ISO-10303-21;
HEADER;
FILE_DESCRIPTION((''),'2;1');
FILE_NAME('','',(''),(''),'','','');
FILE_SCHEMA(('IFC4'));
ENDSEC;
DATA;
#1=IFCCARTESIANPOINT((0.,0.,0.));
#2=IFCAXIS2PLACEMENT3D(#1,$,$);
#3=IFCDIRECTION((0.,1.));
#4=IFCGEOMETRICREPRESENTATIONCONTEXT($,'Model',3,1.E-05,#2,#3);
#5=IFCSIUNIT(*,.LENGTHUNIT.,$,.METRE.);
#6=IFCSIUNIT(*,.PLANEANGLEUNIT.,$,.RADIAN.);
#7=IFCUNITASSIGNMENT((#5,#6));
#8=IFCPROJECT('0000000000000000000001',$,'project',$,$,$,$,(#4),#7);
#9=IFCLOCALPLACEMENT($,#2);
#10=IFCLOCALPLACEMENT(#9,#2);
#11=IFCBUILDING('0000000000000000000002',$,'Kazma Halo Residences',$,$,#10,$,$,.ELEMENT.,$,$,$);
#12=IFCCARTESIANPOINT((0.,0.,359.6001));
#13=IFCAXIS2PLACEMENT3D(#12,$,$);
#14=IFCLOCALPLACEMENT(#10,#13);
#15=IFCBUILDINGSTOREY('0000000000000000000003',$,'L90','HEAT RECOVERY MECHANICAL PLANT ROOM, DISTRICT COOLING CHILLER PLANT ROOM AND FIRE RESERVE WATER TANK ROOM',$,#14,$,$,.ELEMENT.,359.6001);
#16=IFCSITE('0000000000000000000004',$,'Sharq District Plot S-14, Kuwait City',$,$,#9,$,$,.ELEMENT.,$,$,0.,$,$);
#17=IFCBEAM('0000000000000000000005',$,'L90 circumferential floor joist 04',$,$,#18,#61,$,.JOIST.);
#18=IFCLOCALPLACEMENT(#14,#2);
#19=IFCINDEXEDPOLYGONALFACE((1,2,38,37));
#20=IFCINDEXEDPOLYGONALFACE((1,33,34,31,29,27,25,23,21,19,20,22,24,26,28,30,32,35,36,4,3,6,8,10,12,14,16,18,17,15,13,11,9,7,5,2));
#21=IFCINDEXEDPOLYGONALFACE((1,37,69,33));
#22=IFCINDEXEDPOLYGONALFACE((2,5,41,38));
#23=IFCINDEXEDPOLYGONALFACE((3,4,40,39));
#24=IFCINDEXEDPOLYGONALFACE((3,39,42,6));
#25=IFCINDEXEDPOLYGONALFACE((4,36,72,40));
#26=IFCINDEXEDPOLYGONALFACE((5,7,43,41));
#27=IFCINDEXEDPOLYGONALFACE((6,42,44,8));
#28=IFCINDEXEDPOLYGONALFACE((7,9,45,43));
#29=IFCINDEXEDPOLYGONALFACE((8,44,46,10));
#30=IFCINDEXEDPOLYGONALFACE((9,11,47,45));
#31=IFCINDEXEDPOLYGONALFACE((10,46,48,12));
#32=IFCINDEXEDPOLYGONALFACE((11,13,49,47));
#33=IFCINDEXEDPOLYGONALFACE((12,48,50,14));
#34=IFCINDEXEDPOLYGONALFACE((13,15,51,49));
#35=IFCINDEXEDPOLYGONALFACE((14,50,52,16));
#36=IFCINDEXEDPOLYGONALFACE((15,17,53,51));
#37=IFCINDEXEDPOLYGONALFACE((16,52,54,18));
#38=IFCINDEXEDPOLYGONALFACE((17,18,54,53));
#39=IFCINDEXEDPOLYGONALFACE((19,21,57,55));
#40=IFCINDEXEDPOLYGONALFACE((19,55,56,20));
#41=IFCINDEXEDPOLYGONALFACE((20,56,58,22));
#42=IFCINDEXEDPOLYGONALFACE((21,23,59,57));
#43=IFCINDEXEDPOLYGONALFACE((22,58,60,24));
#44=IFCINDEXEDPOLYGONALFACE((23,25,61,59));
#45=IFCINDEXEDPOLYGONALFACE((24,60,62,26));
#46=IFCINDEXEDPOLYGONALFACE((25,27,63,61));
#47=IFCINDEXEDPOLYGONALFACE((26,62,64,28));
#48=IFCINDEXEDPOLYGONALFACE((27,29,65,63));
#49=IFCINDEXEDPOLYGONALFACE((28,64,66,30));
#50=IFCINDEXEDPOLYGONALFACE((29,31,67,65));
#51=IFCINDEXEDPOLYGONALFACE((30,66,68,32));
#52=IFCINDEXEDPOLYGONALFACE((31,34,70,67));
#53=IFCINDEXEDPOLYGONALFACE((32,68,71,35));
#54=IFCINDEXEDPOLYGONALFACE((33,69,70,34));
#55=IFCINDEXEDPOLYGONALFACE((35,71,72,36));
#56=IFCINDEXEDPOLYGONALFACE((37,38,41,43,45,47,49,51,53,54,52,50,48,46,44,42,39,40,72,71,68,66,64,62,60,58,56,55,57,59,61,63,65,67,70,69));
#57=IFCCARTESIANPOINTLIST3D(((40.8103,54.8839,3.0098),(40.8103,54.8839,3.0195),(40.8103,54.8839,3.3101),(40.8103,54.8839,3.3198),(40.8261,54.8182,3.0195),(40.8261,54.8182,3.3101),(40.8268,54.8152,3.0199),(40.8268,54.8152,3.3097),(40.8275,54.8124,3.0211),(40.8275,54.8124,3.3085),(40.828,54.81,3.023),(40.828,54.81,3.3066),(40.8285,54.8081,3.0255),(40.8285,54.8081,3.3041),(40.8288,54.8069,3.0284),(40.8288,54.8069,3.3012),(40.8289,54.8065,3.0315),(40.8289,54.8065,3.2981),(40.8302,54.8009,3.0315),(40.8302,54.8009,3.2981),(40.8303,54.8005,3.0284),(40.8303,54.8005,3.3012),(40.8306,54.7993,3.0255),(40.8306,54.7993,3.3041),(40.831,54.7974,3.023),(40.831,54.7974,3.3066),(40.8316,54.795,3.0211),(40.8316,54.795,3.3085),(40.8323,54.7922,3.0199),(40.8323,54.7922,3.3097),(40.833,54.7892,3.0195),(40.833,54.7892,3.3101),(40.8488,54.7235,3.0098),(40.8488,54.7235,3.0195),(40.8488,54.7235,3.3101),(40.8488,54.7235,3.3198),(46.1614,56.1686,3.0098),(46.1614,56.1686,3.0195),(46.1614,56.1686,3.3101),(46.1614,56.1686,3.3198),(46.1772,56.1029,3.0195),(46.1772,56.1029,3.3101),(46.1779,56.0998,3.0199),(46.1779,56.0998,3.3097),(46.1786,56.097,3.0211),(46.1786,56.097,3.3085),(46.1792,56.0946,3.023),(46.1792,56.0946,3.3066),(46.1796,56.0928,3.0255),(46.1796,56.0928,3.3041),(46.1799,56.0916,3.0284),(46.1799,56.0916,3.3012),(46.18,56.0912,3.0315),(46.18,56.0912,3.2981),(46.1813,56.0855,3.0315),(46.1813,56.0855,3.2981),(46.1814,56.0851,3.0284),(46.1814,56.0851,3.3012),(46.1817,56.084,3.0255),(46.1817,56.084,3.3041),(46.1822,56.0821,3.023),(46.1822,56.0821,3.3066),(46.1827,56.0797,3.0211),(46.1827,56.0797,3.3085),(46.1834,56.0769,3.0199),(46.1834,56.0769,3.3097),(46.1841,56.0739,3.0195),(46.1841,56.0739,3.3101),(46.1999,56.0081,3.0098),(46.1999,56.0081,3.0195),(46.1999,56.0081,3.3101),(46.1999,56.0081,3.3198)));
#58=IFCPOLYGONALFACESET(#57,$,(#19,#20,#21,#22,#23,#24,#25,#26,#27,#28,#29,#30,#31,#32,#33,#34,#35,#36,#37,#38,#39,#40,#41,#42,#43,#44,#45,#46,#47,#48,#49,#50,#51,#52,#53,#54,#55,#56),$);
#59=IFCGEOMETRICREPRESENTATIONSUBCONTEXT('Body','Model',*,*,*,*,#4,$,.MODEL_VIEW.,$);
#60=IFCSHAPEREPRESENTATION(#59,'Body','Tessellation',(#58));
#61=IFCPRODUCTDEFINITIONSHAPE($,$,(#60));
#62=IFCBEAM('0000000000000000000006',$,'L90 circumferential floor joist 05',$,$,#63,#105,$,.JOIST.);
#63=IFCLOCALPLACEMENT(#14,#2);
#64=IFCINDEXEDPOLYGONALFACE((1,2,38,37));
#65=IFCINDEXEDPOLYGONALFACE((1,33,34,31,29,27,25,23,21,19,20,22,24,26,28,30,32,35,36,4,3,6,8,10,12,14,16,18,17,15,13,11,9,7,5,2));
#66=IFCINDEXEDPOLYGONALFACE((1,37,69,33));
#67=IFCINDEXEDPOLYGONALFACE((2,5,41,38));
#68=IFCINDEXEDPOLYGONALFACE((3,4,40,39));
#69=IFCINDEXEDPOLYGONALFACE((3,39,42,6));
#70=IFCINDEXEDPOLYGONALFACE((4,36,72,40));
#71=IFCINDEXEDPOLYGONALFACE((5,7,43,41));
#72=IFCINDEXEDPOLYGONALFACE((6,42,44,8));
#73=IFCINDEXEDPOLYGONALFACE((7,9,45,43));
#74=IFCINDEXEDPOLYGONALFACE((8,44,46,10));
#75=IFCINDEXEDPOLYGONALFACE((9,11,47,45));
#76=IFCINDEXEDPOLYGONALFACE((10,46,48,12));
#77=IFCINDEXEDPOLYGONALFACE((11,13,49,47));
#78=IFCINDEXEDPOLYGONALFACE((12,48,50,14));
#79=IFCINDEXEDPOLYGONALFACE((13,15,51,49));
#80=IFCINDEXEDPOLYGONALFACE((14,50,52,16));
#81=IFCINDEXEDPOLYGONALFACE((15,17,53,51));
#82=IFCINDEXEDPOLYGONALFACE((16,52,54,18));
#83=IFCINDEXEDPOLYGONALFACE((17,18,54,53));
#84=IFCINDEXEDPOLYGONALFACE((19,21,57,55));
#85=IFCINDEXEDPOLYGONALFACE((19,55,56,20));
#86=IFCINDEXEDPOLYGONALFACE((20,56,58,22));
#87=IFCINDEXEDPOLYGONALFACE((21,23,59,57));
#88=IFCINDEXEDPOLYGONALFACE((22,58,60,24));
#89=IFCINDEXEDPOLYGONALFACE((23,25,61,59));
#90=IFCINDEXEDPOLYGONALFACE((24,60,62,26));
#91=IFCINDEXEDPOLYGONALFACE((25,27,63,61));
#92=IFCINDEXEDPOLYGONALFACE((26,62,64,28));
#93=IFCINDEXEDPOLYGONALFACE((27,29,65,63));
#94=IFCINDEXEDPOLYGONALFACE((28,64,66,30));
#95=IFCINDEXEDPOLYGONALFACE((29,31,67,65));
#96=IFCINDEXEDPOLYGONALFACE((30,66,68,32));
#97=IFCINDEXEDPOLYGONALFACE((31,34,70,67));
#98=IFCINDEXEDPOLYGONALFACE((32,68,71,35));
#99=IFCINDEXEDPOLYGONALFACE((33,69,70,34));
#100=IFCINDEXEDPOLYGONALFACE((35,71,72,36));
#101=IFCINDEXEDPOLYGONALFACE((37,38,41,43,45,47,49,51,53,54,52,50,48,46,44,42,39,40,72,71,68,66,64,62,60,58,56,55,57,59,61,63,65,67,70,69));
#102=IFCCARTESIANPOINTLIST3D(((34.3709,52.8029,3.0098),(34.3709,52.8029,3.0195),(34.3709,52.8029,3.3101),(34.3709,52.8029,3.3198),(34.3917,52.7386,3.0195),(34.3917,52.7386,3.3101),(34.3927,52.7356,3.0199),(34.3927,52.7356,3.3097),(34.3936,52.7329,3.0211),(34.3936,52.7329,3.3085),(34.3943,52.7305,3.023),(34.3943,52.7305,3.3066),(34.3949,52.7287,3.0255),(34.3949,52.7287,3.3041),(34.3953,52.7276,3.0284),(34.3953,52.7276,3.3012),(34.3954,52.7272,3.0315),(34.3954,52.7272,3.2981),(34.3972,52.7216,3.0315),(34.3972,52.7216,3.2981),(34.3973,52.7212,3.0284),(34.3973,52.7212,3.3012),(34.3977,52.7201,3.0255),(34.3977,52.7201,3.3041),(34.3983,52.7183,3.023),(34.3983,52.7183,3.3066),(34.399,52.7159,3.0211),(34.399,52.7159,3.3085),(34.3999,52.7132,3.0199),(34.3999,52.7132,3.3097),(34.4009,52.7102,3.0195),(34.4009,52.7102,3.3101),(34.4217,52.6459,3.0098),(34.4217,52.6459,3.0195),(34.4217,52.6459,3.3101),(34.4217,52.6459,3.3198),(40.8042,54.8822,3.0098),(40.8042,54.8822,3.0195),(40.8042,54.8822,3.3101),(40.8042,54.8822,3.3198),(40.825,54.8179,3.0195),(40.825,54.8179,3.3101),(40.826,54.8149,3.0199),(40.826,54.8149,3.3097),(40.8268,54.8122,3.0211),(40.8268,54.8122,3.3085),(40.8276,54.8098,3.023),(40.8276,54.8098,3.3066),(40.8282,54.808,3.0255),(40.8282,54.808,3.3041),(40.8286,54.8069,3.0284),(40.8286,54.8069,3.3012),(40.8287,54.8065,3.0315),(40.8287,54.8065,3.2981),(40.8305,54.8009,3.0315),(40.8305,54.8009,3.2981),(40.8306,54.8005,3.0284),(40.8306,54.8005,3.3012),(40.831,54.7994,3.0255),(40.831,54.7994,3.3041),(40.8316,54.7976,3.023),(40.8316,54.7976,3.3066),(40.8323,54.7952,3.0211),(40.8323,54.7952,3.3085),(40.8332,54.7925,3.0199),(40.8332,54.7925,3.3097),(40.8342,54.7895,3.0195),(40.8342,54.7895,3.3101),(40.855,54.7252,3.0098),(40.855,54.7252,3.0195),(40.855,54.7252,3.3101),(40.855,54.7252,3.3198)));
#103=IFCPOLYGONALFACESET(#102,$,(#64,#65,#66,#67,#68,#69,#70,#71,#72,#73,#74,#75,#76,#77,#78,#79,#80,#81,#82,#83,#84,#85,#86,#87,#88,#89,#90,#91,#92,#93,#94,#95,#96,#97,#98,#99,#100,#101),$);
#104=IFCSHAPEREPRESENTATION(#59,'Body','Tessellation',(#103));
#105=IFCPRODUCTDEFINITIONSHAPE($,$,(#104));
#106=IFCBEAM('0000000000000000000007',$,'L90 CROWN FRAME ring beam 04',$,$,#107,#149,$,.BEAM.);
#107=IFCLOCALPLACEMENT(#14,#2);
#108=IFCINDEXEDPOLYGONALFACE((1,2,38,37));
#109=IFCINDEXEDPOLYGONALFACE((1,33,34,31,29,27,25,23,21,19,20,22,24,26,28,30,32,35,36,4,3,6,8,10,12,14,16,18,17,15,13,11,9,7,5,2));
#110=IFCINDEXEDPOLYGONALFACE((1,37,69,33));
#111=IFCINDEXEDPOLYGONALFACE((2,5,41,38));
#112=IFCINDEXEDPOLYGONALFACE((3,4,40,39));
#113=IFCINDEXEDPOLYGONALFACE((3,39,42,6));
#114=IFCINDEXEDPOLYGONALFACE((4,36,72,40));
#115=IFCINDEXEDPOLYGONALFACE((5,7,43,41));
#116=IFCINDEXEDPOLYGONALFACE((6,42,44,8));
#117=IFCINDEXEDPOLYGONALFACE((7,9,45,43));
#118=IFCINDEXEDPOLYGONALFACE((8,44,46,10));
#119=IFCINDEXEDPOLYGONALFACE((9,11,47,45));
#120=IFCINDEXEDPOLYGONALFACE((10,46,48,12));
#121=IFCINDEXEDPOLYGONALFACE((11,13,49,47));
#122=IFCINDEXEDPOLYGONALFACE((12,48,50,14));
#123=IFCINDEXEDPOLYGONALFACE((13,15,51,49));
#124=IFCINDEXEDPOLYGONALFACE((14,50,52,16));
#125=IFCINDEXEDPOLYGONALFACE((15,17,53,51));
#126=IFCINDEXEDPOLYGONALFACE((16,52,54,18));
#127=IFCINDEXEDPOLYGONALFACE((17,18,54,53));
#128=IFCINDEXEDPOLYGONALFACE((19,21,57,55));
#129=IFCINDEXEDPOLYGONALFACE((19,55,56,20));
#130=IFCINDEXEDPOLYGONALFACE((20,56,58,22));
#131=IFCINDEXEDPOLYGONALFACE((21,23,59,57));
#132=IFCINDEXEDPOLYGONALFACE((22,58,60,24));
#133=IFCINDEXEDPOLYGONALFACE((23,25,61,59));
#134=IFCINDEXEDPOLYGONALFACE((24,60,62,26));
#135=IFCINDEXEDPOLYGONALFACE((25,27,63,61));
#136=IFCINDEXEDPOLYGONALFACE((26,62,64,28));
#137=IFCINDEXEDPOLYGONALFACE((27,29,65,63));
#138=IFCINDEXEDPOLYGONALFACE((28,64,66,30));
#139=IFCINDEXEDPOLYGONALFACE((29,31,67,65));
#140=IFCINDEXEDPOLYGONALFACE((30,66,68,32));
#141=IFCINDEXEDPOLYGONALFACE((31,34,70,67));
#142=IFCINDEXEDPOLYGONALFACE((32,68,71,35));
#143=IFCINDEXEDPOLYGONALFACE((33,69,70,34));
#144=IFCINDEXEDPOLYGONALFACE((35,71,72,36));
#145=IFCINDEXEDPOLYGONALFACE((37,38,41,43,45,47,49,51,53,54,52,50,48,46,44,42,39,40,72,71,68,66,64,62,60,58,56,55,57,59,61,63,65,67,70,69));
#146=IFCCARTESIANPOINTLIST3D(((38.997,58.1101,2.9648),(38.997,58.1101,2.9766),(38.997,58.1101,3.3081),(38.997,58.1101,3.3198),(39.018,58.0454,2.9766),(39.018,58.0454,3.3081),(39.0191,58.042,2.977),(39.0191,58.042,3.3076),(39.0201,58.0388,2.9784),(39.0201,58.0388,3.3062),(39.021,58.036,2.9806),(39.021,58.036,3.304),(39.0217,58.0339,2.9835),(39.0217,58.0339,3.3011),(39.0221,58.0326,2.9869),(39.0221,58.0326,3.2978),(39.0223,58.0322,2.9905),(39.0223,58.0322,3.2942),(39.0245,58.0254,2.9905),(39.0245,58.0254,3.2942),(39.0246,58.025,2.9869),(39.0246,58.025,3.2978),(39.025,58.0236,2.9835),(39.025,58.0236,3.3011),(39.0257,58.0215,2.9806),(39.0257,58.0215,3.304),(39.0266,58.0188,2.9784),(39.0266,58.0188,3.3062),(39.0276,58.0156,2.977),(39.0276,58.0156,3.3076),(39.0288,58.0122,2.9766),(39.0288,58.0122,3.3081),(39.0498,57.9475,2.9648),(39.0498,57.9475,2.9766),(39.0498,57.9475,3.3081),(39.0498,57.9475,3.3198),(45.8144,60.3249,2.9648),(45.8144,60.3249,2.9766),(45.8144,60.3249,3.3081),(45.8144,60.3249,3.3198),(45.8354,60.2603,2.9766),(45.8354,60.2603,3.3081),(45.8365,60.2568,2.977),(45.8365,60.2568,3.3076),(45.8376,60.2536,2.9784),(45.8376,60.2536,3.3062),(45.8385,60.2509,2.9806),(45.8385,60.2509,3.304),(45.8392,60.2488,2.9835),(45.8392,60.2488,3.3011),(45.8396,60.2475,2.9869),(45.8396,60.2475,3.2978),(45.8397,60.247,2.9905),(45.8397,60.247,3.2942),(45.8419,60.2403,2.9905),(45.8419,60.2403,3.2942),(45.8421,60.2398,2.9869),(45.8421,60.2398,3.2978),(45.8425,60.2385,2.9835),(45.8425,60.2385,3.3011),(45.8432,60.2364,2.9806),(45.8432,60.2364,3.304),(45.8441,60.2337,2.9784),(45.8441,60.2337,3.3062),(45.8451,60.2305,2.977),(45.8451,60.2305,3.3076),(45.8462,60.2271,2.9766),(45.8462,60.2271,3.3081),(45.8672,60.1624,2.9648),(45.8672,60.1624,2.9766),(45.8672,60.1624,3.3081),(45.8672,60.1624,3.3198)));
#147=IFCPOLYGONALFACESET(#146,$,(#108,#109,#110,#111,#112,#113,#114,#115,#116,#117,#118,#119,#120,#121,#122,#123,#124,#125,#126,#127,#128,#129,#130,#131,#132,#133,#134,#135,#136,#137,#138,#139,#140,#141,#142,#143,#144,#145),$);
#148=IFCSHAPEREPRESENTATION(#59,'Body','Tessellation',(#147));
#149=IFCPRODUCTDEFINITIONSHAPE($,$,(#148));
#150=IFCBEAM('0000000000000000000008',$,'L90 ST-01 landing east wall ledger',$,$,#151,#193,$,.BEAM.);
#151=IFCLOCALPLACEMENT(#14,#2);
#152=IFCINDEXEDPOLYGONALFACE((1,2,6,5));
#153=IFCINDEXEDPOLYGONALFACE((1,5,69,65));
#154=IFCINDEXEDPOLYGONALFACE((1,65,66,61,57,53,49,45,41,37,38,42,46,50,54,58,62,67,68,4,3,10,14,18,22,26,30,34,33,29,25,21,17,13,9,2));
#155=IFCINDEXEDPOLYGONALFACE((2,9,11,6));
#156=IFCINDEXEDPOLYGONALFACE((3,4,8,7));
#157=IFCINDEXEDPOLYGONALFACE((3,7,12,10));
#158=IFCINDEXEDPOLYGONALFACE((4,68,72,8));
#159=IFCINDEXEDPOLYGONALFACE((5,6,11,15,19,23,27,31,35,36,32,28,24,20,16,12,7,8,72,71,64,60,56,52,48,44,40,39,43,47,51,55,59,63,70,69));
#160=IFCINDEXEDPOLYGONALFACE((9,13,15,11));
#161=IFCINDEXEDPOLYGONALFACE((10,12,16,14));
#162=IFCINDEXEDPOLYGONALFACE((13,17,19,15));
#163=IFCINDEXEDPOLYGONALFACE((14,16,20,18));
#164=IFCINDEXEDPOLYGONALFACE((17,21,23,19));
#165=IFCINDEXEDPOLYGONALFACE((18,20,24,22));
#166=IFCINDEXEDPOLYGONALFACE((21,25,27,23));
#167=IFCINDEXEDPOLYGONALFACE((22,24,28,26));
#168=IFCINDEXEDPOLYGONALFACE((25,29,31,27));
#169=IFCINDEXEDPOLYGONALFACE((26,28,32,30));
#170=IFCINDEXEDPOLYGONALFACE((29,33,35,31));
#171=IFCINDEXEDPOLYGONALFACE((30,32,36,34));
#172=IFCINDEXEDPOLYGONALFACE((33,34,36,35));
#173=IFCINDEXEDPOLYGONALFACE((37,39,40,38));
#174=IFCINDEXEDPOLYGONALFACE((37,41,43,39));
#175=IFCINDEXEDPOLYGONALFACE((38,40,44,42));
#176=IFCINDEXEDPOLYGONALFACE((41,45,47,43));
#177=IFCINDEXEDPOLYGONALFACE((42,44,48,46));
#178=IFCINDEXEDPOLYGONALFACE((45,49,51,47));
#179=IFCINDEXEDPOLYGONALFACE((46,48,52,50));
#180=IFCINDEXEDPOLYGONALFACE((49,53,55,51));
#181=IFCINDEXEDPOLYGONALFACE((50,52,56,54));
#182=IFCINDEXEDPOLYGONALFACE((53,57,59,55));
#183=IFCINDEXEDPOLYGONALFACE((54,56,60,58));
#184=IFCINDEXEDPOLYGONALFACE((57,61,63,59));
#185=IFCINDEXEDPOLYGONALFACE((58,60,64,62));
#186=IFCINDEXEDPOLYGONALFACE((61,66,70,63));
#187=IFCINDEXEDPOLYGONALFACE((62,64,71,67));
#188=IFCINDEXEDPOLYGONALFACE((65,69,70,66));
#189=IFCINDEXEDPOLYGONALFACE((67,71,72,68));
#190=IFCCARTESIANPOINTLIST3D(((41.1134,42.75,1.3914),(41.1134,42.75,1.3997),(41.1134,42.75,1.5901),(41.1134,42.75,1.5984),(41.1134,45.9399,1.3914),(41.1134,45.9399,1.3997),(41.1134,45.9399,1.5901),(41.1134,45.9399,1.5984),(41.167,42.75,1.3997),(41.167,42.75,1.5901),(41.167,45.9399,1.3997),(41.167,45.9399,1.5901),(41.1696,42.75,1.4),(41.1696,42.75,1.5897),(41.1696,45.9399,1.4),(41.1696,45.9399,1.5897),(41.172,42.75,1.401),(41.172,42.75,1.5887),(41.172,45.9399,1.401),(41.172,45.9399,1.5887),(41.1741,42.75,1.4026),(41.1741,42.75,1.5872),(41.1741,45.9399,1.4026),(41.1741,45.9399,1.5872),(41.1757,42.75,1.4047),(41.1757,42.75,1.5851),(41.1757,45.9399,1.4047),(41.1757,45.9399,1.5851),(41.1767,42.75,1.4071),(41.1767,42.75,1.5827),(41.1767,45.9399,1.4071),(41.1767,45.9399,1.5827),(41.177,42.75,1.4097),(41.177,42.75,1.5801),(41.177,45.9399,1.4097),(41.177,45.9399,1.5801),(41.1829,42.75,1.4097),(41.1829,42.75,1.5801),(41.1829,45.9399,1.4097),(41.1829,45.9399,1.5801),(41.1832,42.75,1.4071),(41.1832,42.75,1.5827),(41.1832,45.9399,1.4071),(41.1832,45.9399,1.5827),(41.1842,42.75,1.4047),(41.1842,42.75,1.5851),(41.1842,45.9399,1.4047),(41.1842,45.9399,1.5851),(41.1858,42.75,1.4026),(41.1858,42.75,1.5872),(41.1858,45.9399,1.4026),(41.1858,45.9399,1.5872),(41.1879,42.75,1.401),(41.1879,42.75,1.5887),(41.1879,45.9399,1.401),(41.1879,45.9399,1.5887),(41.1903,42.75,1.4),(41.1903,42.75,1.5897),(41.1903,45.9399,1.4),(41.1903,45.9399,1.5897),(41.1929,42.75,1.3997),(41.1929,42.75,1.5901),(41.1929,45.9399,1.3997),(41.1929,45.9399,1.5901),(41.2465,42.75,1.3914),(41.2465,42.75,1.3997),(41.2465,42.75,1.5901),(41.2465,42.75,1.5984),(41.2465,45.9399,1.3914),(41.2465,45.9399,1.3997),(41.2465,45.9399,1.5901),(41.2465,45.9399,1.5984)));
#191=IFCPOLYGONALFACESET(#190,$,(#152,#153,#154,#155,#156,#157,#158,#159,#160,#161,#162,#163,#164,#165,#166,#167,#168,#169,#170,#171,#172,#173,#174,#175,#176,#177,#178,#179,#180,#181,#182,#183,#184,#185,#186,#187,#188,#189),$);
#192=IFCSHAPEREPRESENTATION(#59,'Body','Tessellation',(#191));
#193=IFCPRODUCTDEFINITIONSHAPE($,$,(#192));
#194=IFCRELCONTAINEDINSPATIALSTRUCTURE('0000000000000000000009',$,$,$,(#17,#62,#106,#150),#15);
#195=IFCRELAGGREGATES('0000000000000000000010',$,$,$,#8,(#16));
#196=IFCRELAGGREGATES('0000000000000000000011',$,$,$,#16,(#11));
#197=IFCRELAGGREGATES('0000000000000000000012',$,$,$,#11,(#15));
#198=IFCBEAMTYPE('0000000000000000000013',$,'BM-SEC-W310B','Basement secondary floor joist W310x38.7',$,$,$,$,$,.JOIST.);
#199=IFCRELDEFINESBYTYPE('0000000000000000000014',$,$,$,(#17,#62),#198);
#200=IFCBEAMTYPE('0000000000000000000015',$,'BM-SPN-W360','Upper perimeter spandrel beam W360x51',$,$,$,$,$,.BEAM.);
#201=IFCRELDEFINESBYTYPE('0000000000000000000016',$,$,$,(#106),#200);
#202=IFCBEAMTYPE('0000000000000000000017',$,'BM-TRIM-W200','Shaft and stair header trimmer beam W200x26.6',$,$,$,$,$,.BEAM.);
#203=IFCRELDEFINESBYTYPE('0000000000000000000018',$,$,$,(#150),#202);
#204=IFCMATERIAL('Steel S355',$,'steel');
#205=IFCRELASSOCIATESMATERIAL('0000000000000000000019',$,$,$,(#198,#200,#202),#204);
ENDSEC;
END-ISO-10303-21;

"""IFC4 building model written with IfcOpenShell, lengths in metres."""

from ifc_helpers import new_model, si_unit, direction, frame, origin, origin_2d, place, context, subcontext, project, spatial, i_section, extrude, material, material_profile, profile_set, type_object, element, save


model = new_model("IFC4")

# Units and contexts
model_context = context("Model", 3, precision=1e-05, world=origin(), true_north=direction((0.0, 1.0)))
body_context = subcontext(model_context, "Body", "Model", "MODEL_VIEW")
ifc_project = project(units=[si_unit("LENGTHUNIT", "METRE"), si_unit("PLANEANGLEUNIT", "RADIAN")], contexts=[model_context])

# Site, building, storey
site_placement = place(None, origin())
site = spatial("IfcSite", under=ifc_project, at=site_placement, Name="Sharq District Plot S-14, Kuwait City", CompositionType="ELEMENT", RefElevation=0.0)
building_placement = place(site_placement, origin())
building = spatial("IfcBuilding", under=site, at=building_placement, Name="Kazma Halo Residences", CompositionType="ELEMENT")
storey_placement = place(building_placement, frame((0.0, 0.0, 359.6001)))
storey = spatial("IfcBuildingStorey", under=building, at=storey_placement, Name="L90", Description="HEAT RECOVERY MECHANICAL PLANT ROOM, DISTRICT COOLING CHILLER PLANT ROOM AND FIRE RESERVE WATER TANK ROOM", CompositionType="ELEMENT", Elevation=359.6001)

# Shared definitions
ifc_material_1 = material(Name="Steel S355", Category="steel")

# Beams
ifc_material_profile_1 = material_profile(ifc_material_1, i_section(OverallWidth=0.165, OverallDepth=0.3101, WebThickness=0.0059, FlangeThickness=0.0098, FilletRadius=0.012, at=origin_2d()), Name="W310x38.7")
ifc_profile_set_1 = profile_set([ifc_material_profile_1], Name="Steel S355")
beam_type_1 = type_object("IfcBeamType", Name="BM-SEC-W310B", Description="Basement secondary floor joist W310x38.7", PredefinedType="JOIST", material=ifc_profile_set_1)
beam_1_placement = place(storey_placement, frame((46.1807, 56.0884, 3.1648), z_axis=(-0.97237, -0.233443, 0.0), x_axis=(0.233443, -0.97237, 0.0)))
element("IfcBeam", 1, at=beam_1_placement, inside=storey, type_object=beam_type_1, Name="L90 circumferential floor joist 04", PredefinedType="JOIST", context=body_context, shape_type="SweptSolid", body=[
    extrude(i_section(OverallWidth=0.165, OverallDepth=0.3101, WebThickness=0.0059, FlangeThickness=0.0098, FilletRadius=0.012, at=origin_2d()), origin(), (0.0, 0.0, 1.0), 5.5032),
])
beam_2_placement = place(storey_placement, frame((40.8296, 54.8037, 3.1648), z_axis=(-0.951533, -0.307548, 0.0), x_axis=(0.307548, -0.951533, 0.0)))
element("IfcBeam", 2, at=beam_2_placement, inside=storey, type_object=beam_type_1, Name="L90 circumferential floor joist 05", PredefinedType="JOIST", context=body_context, shape_type="SweptSolid", body=[
    extrude(i_section(OverallWidth=0.165, OverallDepth=0.3101, WebThickness=0.0059, FlangeThickness=0.0098, FilletRadius=0.012, at=origin_2d()), origin(), (0.0, 0.0, 1.0), 6.761),
])
ifc_material_profile_2 = material_profile(ifc_material_1, i_section(OverallWidth=0.1709, OverallDepth=0.355, WebThickness=0.0071, FlangeThickness=0.0117, FilletRadius=0.0139, at=origin_2d()), Name="W360x51")
ifc_profile_set_2 = profile_set([ifc_material_profile_2], Name="Steel S355")
beam_type_2 = type_object("IfcBeamType", Name="BM-SPN-W360", Description="Upper perimeter spandrel beam W360x51", PredefinedType="BEAM", material=ifc_profile_set_2)
beam_3_placement = place(storey_placement, frame((45.8408, 60.2437, 3.1423), z_axis=(-0.951067, -0.308984, 0.0), x_axis=(0.308984, -0.951067, 0.0)))
element("IfcBeam", 3, at=beam_3_placement, inside=storey, type_object=beam_type_2, Name="L90 CROWN FRAME ring beam 04", PredefinedType="BEAM", context=body_context, shape_type="SweptSolid", body=[
    extrude(i_section(OverallWidth=0.1709, OverallDepth=0.355, WebThickness=0.0071, FlangeThickness=0.0117, FilletRadius=0.0139, at=origin_2d()), origin(), (0.0, 0.0, 1.0), 7.1682),
])
ifc_material_profile_3 = material_profile(ifc_material_1, i_section(OverallWidth=0.1331, OverallDepth=0.207, WebThickness=0.0059, FlangeThickness=0.0083, FilletRadius=0.01, at=origin_2d()), Name="W200x26.6")
ifc_profile_set_3 = profile_set([ifc_material_profile_3], Name="Steel S355")
beam_type_3 = type_object("IfcBeamType", Name="BM-TRIM-W200", Description="Shaft and stair header trimmer beam W200x26.6", PredefinedType="BEAM", material=ifc_profile_set_3)
beam_4_placement = place(storey_placement, frame((41.1799, 42.75, 1.4949), z_axis=(0.0, 1.0, 0.0), x_axis=(-1.0, 0.0, 0.0)))
element("IfcBeam", 4, at=beam_4_placement, inside=storey, type_object=beam_type_3, Name="L90 ST-01 landing east wall ledger", PredefinedType="BEAM", context=body_context, shape_type="SweptSolid", body=[
    extrude(i_section(OverallWidth=0.1331, OverallDepth=0.207, WebThickness=0.0059, FlangeThickness=0.0083, FilletRadius=0.01, at=origin_2d()), origin(), (0.0, 0.0, 1.0), 3.1899),
])

save(model, "model.ifc")
